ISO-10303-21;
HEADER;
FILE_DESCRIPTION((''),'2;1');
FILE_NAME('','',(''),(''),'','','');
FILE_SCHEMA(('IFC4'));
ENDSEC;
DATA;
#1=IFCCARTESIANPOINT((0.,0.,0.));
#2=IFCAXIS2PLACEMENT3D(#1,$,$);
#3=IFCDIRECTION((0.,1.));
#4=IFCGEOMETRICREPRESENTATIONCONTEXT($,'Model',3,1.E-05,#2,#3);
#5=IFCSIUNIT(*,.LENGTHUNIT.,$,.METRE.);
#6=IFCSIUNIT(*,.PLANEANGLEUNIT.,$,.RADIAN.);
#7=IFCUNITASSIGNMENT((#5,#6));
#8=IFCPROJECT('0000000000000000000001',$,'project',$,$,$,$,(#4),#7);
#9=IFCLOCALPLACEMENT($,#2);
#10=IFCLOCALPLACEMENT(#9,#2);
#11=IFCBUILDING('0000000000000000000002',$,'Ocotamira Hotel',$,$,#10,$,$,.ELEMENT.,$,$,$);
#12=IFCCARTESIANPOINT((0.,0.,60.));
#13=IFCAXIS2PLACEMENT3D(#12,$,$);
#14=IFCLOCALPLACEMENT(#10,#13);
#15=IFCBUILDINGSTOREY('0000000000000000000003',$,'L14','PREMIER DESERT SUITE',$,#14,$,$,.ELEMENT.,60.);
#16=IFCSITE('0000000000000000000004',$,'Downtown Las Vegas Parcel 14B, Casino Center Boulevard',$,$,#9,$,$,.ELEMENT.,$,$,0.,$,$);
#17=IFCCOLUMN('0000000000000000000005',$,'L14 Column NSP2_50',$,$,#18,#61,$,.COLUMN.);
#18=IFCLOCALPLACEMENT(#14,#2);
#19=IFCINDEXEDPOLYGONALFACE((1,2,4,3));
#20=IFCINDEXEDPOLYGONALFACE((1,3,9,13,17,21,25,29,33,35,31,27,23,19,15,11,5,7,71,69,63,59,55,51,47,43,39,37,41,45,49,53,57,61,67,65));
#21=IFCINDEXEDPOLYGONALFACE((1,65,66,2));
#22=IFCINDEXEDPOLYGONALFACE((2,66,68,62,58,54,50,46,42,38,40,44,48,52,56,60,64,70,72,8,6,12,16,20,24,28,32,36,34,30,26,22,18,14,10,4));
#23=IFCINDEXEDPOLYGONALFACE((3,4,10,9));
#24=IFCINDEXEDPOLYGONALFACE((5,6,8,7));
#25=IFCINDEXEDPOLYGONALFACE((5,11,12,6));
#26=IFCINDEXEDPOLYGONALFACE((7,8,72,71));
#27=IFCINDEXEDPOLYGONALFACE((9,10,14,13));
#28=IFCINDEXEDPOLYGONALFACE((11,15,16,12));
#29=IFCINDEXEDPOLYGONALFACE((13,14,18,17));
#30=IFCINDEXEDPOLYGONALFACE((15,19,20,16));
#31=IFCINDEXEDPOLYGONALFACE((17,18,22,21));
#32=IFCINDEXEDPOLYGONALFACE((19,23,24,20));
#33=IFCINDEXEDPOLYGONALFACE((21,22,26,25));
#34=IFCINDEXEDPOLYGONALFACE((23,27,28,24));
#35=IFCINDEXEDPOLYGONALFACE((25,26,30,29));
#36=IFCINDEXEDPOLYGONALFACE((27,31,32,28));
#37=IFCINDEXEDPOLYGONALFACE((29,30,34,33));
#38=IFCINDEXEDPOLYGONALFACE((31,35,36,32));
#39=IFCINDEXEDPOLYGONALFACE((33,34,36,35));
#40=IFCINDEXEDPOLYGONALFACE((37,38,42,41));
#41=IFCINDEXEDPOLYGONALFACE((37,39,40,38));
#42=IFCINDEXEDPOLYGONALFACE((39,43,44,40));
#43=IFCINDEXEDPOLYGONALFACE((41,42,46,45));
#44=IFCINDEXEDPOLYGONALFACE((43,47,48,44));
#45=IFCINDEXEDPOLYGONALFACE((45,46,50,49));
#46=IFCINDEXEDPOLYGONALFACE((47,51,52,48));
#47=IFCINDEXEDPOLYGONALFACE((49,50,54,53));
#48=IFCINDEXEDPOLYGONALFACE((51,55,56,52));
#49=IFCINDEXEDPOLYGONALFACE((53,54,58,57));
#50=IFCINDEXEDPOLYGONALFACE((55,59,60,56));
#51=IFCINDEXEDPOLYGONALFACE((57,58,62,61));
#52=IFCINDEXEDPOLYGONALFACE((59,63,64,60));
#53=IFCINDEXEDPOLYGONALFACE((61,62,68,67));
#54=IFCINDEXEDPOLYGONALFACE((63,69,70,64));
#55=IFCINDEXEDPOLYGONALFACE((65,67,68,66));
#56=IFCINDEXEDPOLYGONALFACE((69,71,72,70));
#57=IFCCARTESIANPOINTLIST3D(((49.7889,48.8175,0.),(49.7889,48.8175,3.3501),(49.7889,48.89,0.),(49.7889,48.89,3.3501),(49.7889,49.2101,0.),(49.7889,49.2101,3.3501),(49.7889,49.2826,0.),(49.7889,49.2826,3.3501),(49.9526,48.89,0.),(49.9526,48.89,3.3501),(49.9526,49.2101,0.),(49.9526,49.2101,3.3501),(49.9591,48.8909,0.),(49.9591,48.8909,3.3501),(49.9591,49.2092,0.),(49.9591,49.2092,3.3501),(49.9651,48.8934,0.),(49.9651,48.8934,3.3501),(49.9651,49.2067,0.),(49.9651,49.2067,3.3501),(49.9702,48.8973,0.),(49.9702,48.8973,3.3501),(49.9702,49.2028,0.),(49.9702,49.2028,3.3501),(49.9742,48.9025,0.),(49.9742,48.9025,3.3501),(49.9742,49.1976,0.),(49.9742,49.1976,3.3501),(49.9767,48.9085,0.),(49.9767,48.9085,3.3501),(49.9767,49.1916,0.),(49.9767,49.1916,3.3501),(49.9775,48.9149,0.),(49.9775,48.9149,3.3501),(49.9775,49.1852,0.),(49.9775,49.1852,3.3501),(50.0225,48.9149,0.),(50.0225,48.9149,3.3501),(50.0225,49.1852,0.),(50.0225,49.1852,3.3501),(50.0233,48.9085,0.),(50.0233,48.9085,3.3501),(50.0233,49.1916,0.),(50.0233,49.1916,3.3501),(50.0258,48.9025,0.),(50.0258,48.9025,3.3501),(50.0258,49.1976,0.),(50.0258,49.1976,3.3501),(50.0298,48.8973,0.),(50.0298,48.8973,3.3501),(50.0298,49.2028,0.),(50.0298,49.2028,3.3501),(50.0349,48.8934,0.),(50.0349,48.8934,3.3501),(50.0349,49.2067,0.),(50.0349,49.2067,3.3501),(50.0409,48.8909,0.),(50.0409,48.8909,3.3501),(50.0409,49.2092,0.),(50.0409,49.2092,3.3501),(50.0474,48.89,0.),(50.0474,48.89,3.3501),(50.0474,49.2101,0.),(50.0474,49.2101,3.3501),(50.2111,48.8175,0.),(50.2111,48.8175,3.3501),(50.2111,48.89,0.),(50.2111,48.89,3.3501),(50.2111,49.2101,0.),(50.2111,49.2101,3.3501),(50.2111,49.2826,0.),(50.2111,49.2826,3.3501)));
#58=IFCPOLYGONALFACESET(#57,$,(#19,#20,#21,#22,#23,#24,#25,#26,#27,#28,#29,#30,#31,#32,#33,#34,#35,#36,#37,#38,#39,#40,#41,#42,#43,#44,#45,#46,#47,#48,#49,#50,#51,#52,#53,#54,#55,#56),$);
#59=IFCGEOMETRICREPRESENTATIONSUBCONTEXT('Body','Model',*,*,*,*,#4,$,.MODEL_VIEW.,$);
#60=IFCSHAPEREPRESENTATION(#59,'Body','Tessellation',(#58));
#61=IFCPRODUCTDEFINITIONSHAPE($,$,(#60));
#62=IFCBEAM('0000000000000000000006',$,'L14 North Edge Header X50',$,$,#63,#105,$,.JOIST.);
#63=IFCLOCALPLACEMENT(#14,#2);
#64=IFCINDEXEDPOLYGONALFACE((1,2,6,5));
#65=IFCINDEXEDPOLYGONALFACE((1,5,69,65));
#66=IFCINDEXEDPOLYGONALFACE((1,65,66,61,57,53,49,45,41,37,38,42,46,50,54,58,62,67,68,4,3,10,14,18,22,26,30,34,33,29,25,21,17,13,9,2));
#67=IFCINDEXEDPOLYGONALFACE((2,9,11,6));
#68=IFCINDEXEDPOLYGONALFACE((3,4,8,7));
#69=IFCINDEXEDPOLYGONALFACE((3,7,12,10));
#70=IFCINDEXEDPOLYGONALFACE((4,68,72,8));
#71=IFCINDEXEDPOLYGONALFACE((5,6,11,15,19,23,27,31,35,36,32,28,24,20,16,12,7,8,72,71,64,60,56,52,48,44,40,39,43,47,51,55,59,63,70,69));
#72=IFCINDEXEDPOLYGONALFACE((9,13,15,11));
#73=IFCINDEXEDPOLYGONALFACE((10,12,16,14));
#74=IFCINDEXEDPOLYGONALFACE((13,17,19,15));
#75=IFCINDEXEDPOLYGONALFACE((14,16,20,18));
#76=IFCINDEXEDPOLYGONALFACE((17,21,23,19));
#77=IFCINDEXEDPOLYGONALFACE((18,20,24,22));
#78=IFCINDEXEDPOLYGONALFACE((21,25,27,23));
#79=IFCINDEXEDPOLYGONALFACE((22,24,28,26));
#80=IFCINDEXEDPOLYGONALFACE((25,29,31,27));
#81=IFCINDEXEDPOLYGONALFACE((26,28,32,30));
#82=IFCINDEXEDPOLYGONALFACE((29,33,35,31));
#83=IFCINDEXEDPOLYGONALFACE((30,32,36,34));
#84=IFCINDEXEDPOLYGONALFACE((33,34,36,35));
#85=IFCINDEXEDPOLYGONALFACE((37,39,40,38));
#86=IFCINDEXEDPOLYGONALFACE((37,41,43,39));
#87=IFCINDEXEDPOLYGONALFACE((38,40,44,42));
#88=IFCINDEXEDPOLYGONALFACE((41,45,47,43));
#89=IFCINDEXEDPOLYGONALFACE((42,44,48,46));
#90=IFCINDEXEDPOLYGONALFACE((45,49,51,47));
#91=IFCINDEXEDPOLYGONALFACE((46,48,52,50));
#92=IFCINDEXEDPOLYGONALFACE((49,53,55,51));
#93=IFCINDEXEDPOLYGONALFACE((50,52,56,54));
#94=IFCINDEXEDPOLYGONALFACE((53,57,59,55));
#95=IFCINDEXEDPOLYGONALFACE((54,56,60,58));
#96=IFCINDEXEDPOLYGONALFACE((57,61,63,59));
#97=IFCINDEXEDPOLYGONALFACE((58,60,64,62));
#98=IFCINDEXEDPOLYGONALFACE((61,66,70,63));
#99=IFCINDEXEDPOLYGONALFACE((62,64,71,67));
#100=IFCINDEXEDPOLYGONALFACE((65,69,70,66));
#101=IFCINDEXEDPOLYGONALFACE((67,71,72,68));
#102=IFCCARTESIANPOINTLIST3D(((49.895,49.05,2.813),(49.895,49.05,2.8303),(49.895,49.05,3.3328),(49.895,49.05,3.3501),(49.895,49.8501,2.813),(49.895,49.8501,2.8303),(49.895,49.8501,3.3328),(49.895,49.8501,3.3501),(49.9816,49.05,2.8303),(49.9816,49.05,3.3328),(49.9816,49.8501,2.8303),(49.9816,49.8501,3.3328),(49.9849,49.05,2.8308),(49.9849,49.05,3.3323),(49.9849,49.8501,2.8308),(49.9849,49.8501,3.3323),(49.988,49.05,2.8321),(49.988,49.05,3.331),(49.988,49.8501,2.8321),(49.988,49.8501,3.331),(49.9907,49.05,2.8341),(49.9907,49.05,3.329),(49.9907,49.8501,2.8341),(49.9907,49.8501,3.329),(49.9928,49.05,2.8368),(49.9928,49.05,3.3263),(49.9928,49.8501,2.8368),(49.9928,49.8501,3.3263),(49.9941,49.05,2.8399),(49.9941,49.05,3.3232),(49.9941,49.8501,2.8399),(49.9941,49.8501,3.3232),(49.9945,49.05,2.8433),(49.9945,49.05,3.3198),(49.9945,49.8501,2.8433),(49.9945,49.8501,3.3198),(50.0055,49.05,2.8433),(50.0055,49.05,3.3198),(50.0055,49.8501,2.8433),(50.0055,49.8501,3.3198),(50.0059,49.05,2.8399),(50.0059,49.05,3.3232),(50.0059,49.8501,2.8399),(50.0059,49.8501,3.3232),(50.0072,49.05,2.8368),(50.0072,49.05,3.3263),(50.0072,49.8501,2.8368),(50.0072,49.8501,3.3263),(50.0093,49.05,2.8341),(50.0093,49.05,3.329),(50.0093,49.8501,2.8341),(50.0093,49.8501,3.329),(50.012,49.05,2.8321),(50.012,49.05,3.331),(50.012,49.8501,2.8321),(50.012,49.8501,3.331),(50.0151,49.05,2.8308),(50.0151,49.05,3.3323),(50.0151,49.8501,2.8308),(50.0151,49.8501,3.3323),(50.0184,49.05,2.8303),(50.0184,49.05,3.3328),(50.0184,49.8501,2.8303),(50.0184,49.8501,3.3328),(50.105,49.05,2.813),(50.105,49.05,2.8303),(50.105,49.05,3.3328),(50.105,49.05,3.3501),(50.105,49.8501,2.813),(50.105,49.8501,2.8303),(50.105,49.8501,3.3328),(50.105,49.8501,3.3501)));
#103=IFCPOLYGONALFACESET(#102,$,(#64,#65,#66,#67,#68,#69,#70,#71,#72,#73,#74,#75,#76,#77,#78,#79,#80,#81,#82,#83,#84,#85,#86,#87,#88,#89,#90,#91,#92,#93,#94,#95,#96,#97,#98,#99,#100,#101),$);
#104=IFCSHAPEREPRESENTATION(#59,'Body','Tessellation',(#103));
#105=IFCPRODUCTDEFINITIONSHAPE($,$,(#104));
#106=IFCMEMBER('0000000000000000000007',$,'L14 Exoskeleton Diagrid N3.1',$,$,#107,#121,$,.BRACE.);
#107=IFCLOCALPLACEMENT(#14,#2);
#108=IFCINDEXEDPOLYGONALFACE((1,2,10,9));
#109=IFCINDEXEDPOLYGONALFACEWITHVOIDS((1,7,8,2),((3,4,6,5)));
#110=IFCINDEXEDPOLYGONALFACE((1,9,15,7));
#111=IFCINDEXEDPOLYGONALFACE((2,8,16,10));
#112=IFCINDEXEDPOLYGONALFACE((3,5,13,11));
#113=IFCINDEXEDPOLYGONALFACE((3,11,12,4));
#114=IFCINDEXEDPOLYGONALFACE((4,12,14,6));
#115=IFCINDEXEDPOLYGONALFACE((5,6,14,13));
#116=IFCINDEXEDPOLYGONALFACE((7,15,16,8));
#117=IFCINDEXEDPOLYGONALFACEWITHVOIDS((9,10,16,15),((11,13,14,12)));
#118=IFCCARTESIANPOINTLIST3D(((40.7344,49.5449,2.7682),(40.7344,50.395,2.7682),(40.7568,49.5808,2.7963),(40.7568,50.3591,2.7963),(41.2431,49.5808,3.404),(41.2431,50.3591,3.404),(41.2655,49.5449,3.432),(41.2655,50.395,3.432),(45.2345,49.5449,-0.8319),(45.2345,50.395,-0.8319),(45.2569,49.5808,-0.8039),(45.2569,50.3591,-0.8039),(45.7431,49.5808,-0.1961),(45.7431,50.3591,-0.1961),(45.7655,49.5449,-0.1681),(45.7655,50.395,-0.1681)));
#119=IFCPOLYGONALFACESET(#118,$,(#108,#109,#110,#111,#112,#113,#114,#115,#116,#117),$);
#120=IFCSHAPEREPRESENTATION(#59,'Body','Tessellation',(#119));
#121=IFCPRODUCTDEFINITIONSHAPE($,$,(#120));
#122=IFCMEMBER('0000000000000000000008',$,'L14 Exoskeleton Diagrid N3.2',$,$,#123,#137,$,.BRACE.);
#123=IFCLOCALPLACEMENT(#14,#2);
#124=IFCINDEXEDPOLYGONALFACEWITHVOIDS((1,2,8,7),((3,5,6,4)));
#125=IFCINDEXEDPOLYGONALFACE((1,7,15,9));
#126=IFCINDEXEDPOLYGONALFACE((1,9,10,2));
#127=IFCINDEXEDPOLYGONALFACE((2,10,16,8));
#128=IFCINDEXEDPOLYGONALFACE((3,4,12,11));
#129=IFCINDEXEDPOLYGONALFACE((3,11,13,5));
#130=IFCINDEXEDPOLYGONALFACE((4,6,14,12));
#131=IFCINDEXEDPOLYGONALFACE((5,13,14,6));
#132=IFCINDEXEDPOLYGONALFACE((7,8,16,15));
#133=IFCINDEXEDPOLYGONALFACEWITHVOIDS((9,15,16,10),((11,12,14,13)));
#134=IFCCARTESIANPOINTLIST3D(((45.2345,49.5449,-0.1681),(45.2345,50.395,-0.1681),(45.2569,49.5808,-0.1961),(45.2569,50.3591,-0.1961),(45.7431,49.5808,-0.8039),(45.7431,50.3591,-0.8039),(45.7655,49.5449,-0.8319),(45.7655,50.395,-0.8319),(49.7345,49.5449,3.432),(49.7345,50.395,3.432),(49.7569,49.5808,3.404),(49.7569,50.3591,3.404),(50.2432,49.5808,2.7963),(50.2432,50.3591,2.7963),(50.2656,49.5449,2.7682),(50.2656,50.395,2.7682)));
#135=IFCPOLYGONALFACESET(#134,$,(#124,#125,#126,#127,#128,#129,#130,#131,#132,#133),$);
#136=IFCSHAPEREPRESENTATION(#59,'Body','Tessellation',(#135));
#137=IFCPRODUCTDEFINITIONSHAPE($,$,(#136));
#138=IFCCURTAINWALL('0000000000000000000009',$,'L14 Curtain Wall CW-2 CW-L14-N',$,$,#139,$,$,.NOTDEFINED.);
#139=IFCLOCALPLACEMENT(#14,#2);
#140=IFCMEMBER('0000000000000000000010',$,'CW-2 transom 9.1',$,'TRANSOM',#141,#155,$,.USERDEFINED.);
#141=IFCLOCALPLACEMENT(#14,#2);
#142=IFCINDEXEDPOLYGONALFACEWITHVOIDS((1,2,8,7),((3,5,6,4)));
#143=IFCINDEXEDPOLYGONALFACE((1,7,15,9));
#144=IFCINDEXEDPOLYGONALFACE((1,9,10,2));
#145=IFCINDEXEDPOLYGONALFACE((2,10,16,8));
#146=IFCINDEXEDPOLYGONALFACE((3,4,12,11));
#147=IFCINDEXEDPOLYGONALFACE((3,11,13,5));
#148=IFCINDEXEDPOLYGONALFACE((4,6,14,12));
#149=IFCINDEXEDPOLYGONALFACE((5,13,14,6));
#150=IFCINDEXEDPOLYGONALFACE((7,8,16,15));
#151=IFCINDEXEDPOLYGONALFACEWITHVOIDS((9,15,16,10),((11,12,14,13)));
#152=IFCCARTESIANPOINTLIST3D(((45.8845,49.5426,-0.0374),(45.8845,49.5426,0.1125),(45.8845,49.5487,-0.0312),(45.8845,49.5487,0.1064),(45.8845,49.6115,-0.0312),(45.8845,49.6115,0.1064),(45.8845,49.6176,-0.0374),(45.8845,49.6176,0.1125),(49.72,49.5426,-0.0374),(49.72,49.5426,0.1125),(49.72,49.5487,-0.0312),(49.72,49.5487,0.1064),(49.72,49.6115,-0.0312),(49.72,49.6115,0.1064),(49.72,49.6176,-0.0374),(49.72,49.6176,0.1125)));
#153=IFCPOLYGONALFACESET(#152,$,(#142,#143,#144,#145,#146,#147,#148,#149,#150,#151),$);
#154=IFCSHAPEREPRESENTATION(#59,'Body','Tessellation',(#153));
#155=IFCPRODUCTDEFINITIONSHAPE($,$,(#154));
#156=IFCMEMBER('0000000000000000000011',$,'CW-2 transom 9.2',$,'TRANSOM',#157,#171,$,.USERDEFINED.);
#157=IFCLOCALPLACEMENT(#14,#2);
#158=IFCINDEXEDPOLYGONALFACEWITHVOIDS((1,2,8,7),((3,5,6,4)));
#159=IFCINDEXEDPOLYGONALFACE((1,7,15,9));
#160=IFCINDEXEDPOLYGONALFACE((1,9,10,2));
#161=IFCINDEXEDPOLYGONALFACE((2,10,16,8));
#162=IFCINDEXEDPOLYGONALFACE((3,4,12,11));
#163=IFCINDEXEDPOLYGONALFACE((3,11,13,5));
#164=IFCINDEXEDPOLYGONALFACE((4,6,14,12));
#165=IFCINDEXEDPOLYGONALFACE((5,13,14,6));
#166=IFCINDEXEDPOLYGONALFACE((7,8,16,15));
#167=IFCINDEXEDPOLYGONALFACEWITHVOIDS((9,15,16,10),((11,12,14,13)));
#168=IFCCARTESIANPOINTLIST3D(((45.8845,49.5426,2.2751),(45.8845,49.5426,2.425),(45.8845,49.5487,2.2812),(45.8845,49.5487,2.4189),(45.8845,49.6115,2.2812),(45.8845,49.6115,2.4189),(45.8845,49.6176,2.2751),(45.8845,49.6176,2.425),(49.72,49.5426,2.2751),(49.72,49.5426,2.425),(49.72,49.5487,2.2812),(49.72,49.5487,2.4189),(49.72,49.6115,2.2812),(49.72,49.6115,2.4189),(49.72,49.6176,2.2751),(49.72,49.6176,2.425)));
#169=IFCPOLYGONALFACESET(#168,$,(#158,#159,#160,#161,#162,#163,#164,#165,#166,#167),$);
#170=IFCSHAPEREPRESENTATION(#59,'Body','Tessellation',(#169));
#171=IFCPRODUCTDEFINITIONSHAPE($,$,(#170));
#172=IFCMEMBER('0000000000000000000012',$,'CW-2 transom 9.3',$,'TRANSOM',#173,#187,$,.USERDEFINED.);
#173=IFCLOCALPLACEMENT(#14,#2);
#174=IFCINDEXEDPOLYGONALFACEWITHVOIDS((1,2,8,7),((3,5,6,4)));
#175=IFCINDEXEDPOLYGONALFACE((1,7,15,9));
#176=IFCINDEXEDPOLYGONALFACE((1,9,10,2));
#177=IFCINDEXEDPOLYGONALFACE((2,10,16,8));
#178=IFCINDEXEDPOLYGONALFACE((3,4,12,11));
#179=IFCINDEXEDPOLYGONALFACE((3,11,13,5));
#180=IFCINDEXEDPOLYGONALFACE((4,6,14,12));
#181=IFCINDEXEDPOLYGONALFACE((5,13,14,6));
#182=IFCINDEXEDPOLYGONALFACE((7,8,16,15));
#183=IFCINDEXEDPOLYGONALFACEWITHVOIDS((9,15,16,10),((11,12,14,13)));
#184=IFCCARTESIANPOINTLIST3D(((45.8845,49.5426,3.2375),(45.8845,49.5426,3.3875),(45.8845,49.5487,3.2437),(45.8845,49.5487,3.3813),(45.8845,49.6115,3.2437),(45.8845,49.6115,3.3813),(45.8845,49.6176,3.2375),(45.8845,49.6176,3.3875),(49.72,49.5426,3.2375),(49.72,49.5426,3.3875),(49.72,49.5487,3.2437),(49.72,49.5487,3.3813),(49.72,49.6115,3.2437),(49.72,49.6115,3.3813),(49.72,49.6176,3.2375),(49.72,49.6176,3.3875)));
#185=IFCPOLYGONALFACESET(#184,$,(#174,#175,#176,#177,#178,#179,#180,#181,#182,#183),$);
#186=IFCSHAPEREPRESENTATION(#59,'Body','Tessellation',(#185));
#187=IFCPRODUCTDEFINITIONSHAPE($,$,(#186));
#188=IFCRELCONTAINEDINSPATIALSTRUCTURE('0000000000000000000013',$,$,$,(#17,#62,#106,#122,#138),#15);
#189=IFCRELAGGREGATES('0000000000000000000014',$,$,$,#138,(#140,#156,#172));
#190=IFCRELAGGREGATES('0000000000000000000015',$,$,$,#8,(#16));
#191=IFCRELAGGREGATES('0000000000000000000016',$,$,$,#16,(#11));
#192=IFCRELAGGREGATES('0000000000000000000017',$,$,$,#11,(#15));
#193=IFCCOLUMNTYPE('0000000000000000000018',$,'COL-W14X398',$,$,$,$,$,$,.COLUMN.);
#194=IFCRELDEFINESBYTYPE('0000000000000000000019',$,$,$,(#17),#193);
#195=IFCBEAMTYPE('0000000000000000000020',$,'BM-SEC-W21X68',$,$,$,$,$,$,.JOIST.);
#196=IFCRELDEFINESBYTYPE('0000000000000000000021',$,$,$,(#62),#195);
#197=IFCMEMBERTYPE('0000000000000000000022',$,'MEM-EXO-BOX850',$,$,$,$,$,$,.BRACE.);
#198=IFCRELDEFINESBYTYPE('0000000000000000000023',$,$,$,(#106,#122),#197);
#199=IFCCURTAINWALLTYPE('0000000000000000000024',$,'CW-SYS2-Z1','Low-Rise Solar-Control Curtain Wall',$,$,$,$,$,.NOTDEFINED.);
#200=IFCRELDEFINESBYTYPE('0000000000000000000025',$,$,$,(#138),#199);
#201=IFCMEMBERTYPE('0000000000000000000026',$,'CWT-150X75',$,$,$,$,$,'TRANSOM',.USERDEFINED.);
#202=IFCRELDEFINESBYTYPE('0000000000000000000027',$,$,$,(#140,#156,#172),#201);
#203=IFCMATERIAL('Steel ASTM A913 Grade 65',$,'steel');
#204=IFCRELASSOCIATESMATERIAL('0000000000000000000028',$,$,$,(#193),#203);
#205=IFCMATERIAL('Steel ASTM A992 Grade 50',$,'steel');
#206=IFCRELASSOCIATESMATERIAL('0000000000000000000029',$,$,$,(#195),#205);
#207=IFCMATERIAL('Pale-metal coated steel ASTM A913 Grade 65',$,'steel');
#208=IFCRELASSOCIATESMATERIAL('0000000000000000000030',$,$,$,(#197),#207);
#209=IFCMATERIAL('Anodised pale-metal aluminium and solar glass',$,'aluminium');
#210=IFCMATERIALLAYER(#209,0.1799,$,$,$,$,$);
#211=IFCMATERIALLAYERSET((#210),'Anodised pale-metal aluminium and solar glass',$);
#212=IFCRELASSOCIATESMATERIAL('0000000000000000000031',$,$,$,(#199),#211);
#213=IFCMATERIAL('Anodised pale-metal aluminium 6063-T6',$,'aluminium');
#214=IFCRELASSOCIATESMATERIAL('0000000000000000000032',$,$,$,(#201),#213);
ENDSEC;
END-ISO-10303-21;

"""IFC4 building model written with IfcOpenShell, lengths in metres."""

from ifc_helpers import new_model, si_unit, direction, frame, origin, origin_2d, place, context, subcontext, project, spatial, hollow_rectangle, i_section, extrude, source, transform, mapped, material, layer, layer_set, material_profile, profile_set, type_object, element, aggregate, save


model = new_model("IFC4")

# Units and contexts
model_context = context("Model", 3, precision=1e-05, world=origin(), true_north=direction((0.0, 1.0)))
body_context = subcontext(model_context, "Body", "Model", "MODEL_VIEW")
ifc_project = project(units=[si_unit("LENGTHUNIT", "METRE"), si_unit("PLANEANGLEUNIT", "RADIAN")], contexts=[model_context])

# Site, building, storey
site_placement = place(None, origin())
site = spatial("IfcSite", under=ifc_project, at=site_placement, Name="Downtown Las Vegas Parcel 14B, Casino Center Boulevard", CompositionType="ELEMENT", RefElevation=0.0)
building_placement = place(site_placement, origin())
building = spatial("IfcBuilding", under=site, at=building_placement, Name="Ocotamira Hotel", CompositionType="ELEMENT")
storey_placement = place(building_placement, frame((0.0, 0.0, 60.0)))
storey = spatial("IfcBuildingStorey", under=building, at=storey_placement, Name="L14", Description="PREMIER DESERT SUITE", CompositionType="ELEMENT", Elevation=60.0)

# Column
ifc_material_1 = material(Name="Steel ASTM A913 Grade 65", Category="steel")
ifc_material_profile_1 = material_profile(ifc_material_1, i_section(OverallWidth=0.4221, OverallDepth=0.4651, WebThickness=0.0449, FlangeThickness=0.0725, FilletRadius=0.0249, at=origin_2d()), Name="W14X398")
ifc_profile_set_1 = profile_set([ifc_material_profile_1], Name="Steel ASTM A913 Grade 65")
column_type = type_object("IfcColumnType", Name="COL-W14X398", PredefinedType="COLUMN", material=ifc_profile_set_1)
shared_shape_1 = source(origin(), body_context, "Body", "SweptSolid", [
    extrude(i_section(OverallWidth=0.4221, OverallDepth=0.4651, WebThickness=0.0449, FlangeThickness=0.0725, FilletRadius=0.0249, at=origin_2d()), origin(), (0.0, 0.0, 1.0), 3.3501),
])
column_placement = place(storey_placement, frame((50.0, 49.05, 0.0), z_axis=(0.0, 0.0, 1.0), x_axis=(1.0, 0.0, 0.0)))
element("IfcColumn", 1, at=column_placement, inside=storey, type_object=column_type, Name="L14 Column NSP2_50", PredefinedType="COLUMN", context=body_context, shape_type="MappedRepresentation", body=[
    mapped(shared_shape_1, transform((0.0, 0.0, 0.0), scale=1.0)),
])

# Beam
ifc_material_2 = material(Name="Steel ASTM A992 Grade 50", Category="steel")
ifc_material_profile_2 = material_profile(ifc_material_2, i_section(OverallWidth=0.21, OverallDepth=0.5371, WebThickness=0.011, FlangeThickness=0.0173, FilletRadius=0.0129, at=origin_2d()), Name="W21X68")
ifc_profile_set_2 = profile_set([ifc_material_profile_2], Name="Steel ASTM A992 Grade 50")
beam_type = type_object("IfcBeamType", Name="BM-SEC-W21X68", PredefinedType="JOIST", material=ifc_profile_set_2)
shared_shape_2 = source(origin(), body_context, "Body", "SweptSolid", [
    extrude(i_section(OverallWidth=0.21, OverallDepth=0.5371, WebThickness=0.011, FlangeThickness=0.0173, FilletRadius=0.0129, at=origin_2d()), origin(), (0.0, 0.0, 1.0), 0.8),
])
beam_placement = place(storey_placement, frame((50.0, 49.05, 3.0815), z_axis=(0.0, 1.0, 0.0), x_axis=(-1.0, 0.0, 0.0)))
element("IfcBeam", 2, at=beam_placement, inside=storey, type_object=beam_type, Name="L14 North Edge Header X50", PredefinedType="JOIST", context=body_context, shape_type="MappedRepresentation", body=[
    mapped(shared_shape_2, transform((0.0, 0.0, 0.0), scale=1.0)),
])

# Members
ifc_material_3 = material(Name="Pale-metal coated steel ASTM A913 Grade 65", Category="steel")
ifc_material_profile_3 = material_profile(ifc_material_3, hollow_rectangle(XDim=0.8501, YDim=0.8501, WallThickness=0.0359, at=origin_2d()), Name="BOX850X850X36")
ifc_profile_set_3 = profile_set([ifc_material_profile_3], Name="Pale-metal coated steel ASTM A913 Grade 65")
member_type_1 = type_object("IfcMemberType", Name="MEM-EXO-BOX850", PredefinedType="BRACE", material=ifc_profile_set_3)
shared_shape_3 = source(origin(), body_context, "Body", "SweptSolid", [
    extrude(hollow_rectangle(XDim=0.8501, YDim=0.8501, WallThickness=0.0359, at=origin_2d()), origin(), (0.0, 0.0, 1.0), 5.7629),
])
for number, where, z_axis, x_axis, name in (
    (3, (45.5, 49.97, -0.5), (-0.780861, 0.0, 0.624705), (0.0, -1.0, 0.0), "L14 Exoskeleton Diagrid N3.1"),
    (4, (45.5, 49.97, -0.5), (0.780861, 0.0, 0.624705), (0.0, 1.0, 0.0), "L14 Exoskeleton Diagrid N3.2"),
):
    element("IfcMember", number, at=place(storey_placement, frame(where, z_axis=z_axis, x_axis=x_axis)), inside=storey, type_object=member_type_1, Name=name, PredefinedType="BRACE", context=body_context, shape_type="MappedRepresentation", body=[
        mapped(shared_shape_3, transform((0.0, 0.0, 0.0), scale=1.0)),
    ])

# Curtain wall, members
ifc_material_4 = material(Name="Anodised pale-metal aluminium and solar glass", Category="aluminium")
ifc_layer_1 = layer(ifc_material_4, 0.1799)
ifc_layer_set_1 = layer_set([ifc_layer_1], Name="Anodised pale-metal aluminium and solar glass")
curtain_wall_type = type_object("IfcCurtainWallType", Name="CW-SYS2-Z1", Description="Low-Rise Solar-Control Curtain Wall", PredefinedType="NOTDEFINED", material=ifc_layer_set_1)
curtain_wall_placement = place(storey_placement, origin())
curtain_wall = element("IfcCurtainWall", 5, at=curtain_wall_placement, inside=storey, type_object=curtain_wall_type, Name="L14 Curtain Wall CW-2 CW-L14-N", PredefinedType="NOTDEFINED")
ifc_material_5 = material(Name="Anodised pale-metal aluminium 6063-T6", Category="aluminium")
ifc_material_profile_4 = material_profile(ifc_material_5, hollow_rectangle(XDim=0.075, YDim=0.1499, WallThickness=0.0061, at=origin_2d()), Name="HSS150X75X6")
ifc_profile_set_4 = profile_set([ifc_material_profile_4], Name="Anodised pale-metal aluminium 6063-T6")
member_type_2 = type_object("IfcMemberType", Name="CWT-150X75", ElementType="TRANSOM", PredefinedType="USERDEFINED", material=ifc_profile_set_4)
shared_shape_4 = source(origin(), body_context, "Body", "SweptSolid", [
    extrude(hollow_rectangle(XDim=0.075, YDim=0.1499, WallThickness=0.0061, at=origin_2d()), origin(), (0.0, 0.0, 1.0), 3.8354),
])
member_1_placement = place(storey_placement, frame((45.8845, 49.5801, 0.0376), z_axis=(1.0, 0.0, 0.0), x_axis=(0.0, 1.0, 0.0)))
member_1 = element("IfcMember", 6, at=member_1_placement, type_object=member_type_2, Name="CW-2 transom 9.1", ObjectType="TRANSOM", PredefinedType="USERDEFINED", context=body_context, shape_type="MappedRepresentation", body=[
    mapped(shared_shape_4, transform((0.0, 0.0, 0.0), scale=1.0)),
])
member_2_placement = place(storey_placement, frame((45.8845, 49.5801, 2.3501), z_axis=(1.0, 0.0, 0.0), x_axis=(0.0, 1.0, 0.0)))
member_2 = element("IfcMember", 7, at=member_2_placement, type_object=member_type_2, Name="CW-2 transom 9.2", ObjectType="TRANSOM", PredefinedType="USERDEFINED", context=body_context, shape_type="MappedRepresentation", body=[
    mapped(shared_shape_4, transform((0.0, 0.0, 0.0), scale=1.0)),
])
member_3_placement = place(storey_placement, frame((45.8845, 49.5801, 3.3125), z_axis=(1.0, 0.0, 0.0), x_axis=(0.0, 1.0, 0.0)))
member_3 = element("IfcMember", 8, at=member_3_placement, type_object=member_type_2, Name="CW-2 transom 9.3", ObjectType="TRANSOM", PredefinedType="USERDEFINED", context=body_context, shape_type="MappedRepresentation", body=[
    mapped(shared_shape_4, transform((0.0, 0.0, 0.0), scale=1.0)),
])

aggregate(curtain_wall, [member_1, member_2, member_3])

save(model, "model.ifc")
